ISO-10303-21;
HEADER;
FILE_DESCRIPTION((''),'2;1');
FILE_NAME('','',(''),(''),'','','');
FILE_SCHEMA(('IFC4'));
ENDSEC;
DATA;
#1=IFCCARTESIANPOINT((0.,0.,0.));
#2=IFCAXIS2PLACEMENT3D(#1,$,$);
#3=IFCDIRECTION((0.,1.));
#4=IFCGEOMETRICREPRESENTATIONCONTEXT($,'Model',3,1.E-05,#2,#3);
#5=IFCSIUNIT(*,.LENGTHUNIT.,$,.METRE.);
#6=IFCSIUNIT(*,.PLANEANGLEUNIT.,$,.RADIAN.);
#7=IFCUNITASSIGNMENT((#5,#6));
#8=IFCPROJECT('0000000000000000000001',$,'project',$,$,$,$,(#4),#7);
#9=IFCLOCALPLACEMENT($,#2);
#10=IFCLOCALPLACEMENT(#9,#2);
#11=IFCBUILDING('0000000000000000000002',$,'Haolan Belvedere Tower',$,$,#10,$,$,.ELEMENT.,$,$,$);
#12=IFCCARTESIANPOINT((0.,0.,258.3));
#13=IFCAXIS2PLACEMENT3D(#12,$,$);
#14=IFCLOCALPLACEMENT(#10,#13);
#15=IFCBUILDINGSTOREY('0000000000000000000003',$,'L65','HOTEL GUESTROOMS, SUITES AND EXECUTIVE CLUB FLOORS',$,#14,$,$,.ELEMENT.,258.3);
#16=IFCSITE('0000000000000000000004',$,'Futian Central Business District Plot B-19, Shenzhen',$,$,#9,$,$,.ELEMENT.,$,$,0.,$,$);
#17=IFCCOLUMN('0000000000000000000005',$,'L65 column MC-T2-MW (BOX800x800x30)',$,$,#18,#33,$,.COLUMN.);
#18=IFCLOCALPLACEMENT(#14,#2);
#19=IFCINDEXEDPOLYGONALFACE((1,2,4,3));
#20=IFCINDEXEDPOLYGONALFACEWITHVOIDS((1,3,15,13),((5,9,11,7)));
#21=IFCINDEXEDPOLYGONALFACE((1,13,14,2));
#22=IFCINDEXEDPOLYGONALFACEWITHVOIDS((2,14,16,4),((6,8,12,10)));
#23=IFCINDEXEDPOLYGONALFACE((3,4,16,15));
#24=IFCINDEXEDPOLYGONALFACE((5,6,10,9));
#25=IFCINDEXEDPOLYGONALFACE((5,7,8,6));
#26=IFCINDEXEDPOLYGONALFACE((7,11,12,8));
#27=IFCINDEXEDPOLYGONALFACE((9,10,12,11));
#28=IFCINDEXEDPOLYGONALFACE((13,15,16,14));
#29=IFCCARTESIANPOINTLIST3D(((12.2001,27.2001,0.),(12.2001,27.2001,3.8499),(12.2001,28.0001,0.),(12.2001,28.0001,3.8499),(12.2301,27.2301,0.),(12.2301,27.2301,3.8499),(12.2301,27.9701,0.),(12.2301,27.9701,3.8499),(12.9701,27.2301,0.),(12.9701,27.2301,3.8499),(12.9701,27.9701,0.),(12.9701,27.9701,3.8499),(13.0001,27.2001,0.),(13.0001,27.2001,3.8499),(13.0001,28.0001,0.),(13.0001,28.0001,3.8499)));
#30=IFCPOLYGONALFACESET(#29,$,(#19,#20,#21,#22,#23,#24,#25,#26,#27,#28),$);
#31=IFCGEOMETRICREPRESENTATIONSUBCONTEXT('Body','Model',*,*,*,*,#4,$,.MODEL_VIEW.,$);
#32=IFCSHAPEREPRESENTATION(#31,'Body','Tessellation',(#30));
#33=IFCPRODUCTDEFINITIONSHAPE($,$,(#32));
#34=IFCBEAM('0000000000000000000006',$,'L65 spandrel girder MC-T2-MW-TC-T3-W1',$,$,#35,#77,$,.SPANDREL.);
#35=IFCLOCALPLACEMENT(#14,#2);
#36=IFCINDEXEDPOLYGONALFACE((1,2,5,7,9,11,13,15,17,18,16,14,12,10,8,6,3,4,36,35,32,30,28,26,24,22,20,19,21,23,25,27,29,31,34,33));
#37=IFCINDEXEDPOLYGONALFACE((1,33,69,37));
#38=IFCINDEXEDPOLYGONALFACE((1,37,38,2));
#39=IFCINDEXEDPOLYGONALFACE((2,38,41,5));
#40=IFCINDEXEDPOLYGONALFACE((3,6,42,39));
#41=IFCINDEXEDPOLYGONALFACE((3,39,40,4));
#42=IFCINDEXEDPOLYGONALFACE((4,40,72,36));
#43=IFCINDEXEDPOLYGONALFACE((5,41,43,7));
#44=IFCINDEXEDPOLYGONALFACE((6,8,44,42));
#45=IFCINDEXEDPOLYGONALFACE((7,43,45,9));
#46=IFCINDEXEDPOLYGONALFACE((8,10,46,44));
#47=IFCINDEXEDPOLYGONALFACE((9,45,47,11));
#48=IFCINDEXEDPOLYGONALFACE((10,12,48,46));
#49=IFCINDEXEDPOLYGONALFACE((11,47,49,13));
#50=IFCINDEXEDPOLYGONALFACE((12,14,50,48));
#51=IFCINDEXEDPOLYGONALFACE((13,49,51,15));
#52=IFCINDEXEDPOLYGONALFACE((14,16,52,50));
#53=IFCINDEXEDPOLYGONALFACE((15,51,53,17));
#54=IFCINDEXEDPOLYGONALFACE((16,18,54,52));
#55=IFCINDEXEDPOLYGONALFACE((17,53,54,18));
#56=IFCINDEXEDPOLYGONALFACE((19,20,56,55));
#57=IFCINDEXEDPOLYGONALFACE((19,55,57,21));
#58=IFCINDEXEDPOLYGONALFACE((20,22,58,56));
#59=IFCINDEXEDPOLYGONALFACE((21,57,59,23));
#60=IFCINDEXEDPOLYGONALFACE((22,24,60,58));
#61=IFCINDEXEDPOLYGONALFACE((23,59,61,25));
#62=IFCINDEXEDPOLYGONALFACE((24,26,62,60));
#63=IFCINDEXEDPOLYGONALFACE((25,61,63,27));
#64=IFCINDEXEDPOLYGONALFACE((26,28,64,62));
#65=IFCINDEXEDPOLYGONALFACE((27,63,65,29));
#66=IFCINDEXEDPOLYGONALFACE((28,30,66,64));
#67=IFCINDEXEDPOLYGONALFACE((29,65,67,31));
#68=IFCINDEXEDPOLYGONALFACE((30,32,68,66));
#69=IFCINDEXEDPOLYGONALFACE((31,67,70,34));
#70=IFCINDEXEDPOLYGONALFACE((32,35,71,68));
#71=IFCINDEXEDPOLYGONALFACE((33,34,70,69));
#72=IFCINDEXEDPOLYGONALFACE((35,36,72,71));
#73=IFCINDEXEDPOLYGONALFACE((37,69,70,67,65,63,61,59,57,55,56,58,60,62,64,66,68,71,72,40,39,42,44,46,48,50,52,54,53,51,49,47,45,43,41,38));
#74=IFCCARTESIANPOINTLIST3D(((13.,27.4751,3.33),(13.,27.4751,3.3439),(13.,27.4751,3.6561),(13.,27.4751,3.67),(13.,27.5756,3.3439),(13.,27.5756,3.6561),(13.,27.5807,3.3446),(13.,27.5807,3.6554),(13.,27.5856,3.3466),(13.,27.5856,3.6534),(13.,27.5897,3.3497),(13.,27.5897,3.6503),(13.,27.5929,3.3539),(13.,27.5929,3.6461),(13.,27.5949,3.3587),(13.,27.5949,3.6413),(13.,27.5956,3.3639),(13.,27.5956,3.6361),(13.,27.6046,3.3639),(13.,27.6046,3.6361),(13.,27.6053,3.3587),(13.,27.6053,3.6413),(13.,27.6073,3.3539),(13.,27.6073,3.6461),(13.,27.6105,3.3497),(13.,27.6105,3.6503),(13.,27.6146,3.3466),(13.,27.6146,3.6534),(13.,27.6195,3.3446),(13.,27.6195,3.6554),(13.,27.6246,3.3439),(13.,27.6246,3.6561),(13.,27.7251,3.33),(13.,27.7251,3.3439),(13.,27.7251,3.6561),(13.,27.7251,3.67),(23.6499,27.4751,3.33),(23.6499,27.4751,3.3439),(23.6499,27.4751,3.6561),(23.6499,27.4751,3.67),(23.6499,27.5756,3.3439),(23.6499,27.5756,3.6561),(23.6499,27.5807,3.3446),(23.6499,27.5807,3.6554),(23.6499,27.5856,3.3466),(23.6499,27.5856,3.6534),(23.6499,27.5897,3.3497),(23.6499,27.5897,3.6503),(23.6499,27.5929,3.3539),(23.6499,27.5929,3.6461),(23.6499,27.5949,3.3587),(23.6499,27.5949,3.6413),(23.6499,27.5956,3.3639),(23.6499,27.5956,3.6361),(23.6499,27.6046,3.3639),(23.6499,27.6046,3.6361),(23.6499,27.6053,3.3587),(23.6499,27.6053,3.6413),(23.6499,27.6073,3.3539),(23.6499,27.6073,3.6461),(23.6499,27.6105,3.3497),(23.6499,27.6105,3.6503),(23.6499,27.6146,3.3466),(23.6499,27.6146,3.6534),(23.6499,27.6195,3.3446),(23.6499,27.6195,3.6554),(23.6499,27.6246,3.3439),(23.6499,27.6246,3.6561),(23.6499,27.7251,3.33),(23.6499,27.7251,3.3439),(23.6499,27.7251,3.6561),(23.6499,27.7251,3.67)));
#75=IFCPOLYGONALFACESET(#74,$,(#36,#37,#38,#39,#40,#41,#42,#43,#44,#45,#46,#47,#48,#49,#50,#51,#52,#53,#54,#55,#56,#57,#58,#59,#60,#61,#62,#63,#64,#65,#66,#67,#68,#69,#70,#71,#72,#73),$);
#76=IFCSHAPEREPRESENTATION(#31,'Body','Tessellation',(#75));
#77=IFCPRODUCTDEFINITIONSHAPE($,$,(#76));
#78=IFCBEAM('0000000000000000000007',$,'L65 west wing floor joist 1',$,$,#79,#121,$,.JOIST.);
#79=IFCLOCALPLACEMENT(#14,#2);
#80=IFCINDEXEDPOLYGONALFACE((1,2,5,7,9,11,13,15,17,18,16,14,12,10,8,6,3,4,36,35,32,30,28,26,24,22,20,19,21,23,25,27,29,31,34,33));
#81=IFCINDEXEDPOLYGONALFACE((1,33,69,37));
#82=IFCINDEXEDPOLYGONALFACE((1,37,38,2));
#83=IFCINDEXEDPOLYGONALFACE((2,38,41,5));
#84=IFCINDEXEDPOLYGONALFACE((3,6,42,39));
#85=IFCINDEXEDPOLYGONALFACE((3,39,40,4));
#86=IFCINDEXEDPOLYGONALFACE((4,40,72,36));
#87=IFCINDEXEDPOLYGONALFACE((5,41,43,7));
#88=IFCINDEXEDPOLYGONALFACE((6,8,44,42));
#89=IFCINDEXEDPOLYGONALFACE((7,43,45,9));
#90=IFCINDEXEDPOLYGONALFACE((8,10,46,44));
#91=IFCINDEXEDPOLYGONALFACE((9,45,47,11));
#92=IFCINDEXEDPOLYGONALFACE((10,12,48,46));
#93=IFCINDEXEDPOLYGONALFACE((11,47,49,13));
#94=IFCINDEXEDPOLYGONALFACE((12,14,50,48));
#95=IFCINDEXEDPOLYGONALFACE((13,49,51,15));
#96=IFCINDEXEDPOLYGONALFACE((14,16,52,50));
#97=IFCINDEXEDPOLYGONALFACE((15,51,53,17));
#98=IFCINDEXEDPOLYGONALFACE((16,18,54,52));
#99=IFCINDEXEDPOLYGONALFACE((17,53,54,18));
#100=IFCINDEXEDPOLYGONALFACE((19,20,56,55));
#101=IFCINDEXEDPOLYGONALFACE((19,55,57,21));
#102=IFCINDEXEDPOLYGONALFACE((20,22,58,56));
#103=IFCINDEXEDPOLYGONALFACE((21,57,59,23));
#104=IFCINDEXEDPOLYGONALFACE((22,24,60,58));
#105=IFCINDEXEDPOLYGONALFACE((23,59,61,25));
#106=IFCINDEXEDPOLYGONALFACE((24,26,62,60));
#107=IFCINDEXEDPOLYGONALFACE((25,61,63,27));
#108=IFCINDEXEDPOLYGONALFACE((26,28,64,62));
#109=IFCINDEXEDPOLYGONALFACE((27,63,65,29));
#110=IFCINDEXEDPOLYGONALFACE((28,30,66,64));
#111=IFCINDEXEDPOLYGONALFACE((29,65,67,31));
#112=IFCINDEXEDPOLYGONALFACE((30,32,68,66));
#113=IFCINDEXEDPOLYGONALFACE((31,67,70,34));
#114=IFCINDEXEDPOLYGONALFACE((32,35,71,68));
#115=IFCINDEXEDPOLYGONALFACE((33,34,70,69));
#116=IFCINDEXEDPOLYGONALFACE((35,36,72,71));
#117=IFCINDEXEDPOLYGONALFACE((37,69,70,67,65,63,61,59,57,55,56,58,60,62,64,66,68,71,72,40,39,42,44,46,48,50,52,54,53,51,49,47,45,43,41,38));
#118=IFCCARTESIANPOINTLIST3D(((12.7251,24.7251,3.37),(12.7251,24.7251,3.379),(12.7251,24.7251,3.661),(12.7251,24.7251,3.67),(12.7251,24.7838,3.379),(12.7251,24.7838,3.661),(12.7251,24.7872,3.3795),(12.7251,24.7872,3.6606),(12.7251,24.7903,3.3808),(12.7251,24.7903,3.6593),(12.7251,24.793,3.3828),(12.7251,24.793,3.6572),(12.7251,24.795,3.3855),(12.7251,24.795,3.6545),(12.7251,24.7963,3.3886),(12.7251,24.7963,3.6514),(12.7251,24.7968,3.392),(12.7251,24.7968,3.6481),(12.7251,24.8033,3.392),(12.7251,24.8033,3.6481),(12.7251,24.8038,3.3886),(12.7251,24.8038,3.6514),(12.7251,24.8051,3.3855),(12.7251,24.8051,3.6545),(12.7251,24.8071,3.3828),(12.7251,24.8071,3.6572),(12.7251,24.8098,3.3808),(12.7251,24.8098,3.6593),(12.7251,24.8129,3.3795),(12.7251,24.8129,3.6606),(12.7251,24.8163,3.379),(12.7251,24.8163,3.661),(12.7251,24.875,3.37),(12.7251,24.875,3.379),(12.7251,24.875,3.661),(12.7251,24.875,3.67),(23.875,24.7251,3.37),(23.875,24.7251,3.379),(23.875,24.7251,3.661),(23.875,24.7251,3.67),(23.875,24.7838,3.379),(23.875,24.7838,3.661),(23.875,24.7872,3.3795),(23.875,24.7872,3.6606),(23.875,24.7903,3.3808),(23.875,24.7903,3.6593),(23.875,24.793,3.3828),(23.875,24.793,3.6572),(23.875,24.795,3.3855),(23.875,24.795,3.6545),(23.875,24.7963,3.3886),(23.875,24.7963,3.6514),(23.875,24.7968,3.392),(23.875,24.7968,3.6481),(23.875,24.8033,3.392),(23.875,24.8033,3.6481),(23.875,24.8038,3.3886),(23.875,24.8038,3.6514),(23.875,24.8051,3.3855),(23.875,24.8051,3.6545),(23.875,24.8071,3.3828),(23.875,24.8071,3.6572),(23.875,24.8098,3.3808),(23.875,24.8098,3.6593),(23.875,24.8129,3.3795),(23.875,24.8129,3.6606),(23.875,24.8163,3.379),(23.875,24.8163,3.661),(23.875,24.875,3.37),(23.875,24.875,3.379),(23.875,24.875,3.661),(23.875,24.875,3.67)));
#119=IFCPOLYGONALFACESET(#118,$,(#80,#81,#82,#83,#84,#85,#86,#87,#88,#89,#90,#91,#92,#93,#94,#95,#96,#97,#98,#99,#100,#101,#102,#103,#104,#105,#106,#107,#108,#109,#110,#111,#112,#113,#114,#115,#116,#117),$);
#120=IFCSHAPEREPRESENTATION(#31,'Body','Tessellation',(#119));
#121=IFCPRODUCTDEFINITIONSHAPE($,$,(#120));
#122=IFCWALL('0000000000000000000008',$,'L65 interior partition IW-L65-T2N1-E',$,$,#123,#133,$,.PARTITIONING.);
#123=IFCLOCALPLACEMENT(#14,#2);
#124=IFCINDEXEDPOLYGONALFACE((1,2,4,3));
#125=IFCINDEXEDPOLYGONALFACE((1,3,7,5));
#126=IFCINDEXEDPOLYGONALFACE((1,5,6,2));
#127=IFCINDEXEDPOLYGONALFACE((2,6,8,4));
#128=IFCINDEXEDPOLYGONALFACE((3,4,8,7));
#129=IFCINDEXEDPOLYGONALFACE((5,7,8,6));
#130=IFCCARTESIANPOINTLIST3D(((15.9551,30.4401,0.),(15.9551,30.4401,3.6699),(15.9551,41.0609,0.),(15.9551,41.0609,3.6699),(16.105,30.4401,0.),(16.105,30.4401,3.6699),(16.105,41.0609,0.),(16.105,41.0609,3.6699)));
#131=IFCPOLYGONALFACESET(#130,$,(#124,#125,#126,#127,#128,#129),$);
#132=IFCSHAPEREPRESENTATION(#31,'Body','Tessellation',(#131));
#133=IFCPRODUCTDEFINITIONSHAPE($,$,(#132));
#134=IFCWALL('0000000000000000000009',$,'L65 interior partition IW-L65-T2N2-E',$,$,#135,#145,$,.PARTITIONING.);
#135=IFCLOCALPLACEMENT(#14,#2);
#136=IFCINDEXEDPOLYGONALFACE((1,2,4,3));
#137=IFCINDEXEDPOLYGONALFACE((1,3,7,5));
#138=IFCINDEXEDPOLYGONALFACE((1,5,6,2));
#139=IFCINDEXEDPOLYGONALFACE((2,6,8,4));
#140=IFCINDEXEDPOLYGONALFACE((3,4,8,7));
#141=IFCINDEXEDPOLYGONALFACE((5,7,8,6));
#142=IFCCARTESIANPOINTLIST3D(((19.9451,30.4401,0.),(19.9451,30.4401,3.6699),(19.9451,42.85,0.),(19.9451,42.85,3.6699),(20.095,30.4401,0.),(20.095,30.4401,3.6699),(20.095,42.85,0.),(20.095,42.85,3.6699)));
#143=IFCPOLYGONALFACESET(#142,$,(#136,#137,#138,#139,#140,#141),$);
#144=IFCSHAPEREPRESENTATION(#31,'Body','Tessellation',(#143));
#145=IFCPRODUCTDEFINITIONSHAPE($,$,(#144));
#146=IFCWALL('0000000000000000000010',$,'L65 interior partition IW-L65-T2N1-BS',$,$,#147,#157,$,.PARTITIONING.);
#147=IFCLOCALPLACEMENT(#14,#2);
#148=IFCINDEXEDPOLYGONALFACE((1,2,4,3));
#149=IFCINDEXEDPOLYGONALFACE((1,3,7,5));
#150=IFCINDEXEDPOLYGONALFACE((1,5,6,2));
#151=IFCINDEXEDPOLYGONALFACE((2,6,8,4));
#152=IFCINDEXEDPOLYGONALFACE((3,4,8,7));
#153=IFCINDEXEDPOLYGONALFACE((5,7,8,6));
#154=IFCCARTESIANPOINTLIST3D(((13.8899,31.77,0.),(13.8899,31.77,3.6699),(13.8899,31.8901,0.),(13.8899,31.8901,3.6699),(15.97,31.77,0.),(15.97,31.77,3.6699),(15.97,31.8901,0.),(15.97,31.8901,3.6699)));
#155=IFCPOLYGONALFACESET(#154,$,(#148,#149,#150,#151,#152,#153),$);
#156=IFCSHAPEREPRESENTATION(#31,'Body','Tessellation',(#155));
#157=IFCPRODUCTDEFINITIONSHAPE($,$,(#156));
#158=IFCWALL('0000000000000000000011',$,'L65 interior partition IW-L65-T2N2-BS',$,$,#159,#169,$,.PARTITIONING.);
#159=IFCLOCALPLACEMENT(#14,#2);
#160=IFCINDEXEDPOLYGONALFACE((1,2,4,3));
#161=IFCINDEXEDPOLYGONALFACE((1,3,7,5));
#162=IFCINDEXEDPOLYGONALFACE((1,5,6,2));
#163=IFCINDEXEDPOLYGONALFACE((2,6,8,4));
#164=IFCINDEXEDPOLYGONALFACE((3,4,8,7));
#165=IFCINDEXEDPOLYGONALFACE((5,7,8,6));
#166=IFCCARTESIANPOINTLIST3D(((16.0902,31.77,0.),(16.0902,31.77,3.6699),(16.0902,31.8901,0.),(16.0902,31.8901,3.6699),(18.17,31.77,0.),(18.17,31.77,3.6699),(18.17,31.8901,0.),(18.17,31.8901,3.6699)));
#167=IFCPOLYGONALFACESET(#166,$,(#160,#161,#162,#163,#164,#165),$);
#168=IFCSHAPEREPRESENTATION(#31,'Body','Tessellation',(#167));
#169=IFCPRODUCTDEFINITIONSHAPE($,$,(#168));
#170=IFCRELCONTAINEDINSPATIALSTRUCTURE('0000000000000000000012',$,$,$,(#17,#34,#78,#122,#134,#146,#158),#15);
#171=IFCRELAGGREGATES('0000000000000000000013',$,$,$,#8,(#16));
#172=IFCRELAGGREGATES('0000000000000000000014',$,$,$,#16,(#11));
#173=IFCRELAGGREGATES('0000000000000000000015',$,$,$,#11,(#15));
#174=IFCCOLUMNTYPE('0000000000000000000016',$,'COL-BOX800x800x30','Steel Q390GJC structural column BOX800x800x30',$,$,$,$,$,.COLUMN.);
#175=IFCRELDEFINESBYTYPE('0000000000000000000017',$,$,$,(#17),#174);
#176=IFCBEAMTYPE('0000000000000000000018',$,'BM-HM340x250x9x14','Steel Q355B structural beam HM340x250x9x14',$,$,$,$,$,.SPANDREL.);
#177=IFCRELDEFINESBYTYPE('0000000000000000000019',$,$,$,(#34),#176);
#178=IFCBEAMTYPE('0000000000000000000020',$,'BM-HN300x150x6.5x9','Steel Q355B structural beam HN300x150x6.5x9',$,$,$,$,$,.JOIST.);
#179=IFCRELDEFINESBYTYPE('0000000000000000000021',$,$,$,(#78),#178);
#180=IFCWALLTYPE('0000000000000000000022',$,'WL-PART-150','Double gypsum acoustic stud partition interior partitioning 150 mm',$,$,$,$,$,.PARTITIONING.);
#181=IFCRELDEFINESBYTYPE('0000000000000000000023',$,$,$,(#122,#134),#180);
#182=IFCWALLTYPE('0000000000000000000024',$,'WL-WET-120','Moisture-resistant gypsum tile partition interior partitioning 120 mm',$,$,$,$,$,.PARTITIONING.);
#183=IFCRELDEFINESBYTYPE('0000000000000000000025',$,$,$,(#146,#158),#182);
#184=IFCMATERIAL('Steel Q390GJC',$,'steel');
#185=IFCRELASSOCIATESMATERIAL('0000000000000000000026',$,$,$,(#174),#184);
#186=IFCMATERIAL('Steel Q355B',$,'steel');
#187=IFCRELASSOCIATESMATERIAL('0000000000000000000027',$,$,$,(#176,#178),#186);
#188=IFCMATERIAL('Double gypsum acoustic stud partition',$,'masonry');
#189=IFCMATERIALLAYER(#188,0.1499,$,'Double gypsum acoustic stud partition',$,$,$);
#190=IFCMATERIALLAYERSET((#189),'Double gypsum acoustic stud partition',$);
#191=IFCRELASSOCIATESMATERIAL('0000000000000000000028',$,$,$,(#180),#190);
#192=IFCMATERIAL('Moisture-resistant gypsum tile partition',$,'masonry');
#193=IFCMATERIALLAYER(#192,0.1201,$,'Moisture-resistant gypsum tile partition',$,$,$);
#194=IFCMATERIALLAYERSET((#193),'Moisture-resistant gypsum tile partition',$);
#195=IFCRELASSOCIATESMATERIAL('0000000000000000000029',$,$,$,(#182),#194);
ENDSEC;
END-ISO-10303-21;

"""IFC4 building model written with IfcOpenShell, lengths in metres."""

from ifc_helpers import new_model, si_unit, direction, frame, frame_2d, origin, origin_2d, place, context, subcontext, project, spatial, rectangle, hollow_rectangle, i_section, extrude, material, layer, layer_set, material_profile, profile_set, type_object, element, save


model = new_model("IFC4")

# Units and contexts
model_context = context("Model", 3, precision=1e-05, world=origin(), true_north=direction((0.0, 1.0)))
body_context = subcontext(model_context, "Body", "Model", "MODEL_VIEW")
ifc_project = project(units=[si_unit("LENGTHUNIT", "METRE"), si_unit("PLANEANGLEUNIT", "RADIAN")], contexts=[model_context])

# Site, building, storey
site_placement = place(None, origin())
site = spatial("IfcSite", under=ifc_project, at=site_placement, Name="Futian Central Business District Plot B-19, Shenzhen", CompositionType="ELEMENT", RefElevation=0.0)
building_placement = place(site_placement, origin())
building = spatial("IfcBuilding", under=site, at=building_placement, Name="Haolan Belvedere Tower", CompositionType="ELEMENT")
storey_placement = place(building_placement, frame((0.0, 0.0, 258.3)))
storey = spatial("IfcBuildingStorey", under=building, at=storey_placement, Name="L65", Description="HOTEL GUESTROOMS, SUITES AND EXECUTIVE CLUB FLOORS", CompositionType="ELEMENT", Elevation=258.3)

# Column
ifc_material_1 = material(Name="Steel Q390GJC", Category="steel")
ifc_material_profile_1 = material_profile(ifc_material_1, hollow_rectangle(XDim=0.8, YDim=0.8, WallThickness=0.03, at=origin_2d()), Name="Steel Q390GJC")
ifc_profile_set_1 = profile_set([ifc_material_profile_1], Name="Steel Q390GJC")
column_type = type_object("IfcColumnType", Name="COL-BOX800x800x30", Description="Steel Q390GJC structural column BOX800x800x30", PredefinedType="COLUMN", material=ifc_profile_set_1)
column_placement = place(storey_placement, frame((12.6001, 27.6001, 0.0), z_axis=(0.0, 0.0, 1.0), x_axis=(1.0, 0.0, 0.0)))
element("IfcColumn", 1, at=column_placement, inside=storey, type_object=column_type, Name="L65 column MC-T2-MW (BOX800x800x30)", PredefinedType="COLUMN", context=body_context, shape_type="SweptSolid", body=[
    extrude(hollow_rectangle(XDim=0.8, YDim=0.8, WallThickness=0.03, at=origin_2d()), origin(), (0.0, 0.0, 1.0), 3.8499),
])

# Beams
ifc_material_2 = material(Name="Steel Q355B", Category="steel")
ifc_material_profile_2 = material_profile(ifc_material_2, i_section(OverallWidth=0.25, OverallDepth=0.3401, WebThickness=0.009, FlangeThickness=0.0139, FilletRadius=0.02, at=origin_2d()), Name="Steel Q355B")
ifc_profile_set_2 = profile_set([ifc_material_profile_2], Name="Steel Q355B")
beam_type_1 = type_object("IfcBeamType", Name="BM-HM340x250x9x14", Description="Steel Q355B structural beam HM340x250x9x14", PredefinedType="SPANDREL", material=ifc_profile_set_2)
beam_1_placement = place(storey_placement, frame((13.0, 27.6001, 3.5), z_axis=(1.0, 0.0, 0.0), x_axis=(0.0, 1.0, 0.0)))
element("IfcBeam", 2, at=beam_1_placement, inside=storey, type_object=beam_type_1, Name="L65 spandrel girder MC-T2-MW-TC-T3-W1", PredefinedType="SPANDREL", context=body_context, shape_type="SweptSolid", body=[
    extrude(i_section(OverallWidth=0.25, OverallDepth=0.3401, WebThickness=0.009, FlangeThickness=0.0139, FilletRadius=0.02, at=origin_2d()), origin(), (0.0, 0.0, 1.0), 10.6499),
])
ifc_material_profile_3 = material_profile(ifc_material_2, i_section(OverallWidth=0.1499, OverallDepth=0.3, WebThickness=0.0066, FlangeThickness=0.009, FilletRadius=0.0129, at=origin_2d()), Name="Steel Q355B")
ifc_profile_set_3 = profile_set([ifc_material_profile_3], Name="Steel Q355B")
beam_type_2 = type_object("IfcBeamType", Name="BM-HN300x150x6.5x9", Description="Steel Q355B structural beam HN300x150x6.5x9", PredefinedType="JOIST", material=ifc_profile_set_3)
beam_2_placement = place(storey_placement, frame((12.7251, 24.8, 3.52), z_axis=(1.0, 0.0, 0.0), x_axis=(0.0, 1.0, 0.0)))
element("IfcBeam", 3, at=beam_2_placement, inside=storey, type_object=beam_type_2, Name="L65 west wing floor joist 1", PredefinedType="JOIST", context=body_context, shape_type="SweptSolid", body=[
    extrude(i_section(OverallWidth=0.1499, OverallDepth=0.3, WebThickness=0.0066, FlangeThickness=0.009, FilletRadius=0.0129, at=origin_2d()), origin(), (0.0, 0.0, 1.0), 11.1499),
])

# Shared definitions
ifc_material_3 = material(Name="Double gypsum acoustic stud partition", Category="masonry")
ifc_layer_1 = layer(ifc_material_3, 0.1499, Name="Double gypsum acoustic stud partition")
ifc_layer_set_1 = layer_set([ifc_layer_1], Name="Double gypsum acoustic stud partition")
wall_type_1 = type_object("IfcWallType", Name="WL-PART-150", Description="Double gypsum acoustic stud partition interior partitioning 150 mm", PredefinedType="PARTITIONING", material=ifc_layer_set_1)

# Wall
wall_1_placement = place(storey_placement, frame((16.03, 30.4399, 0.0), z_axis=(0.0, 0.0, 1.0), x_axis=(0.0, 1.0, 0.0)))
element("IfcWall", 4, at=wall_1_placement, inside=storey, type_object=wall_type_1, Name="L65 interior partition IW-L65-T2N1-E", PredefinedType="PARTITIONING", context=body_context, shape_type="SweptSolid", body=[
    extrude(rectangle(XDim=10.6208, YDim=0.1499, at=frame_2d((5.3105, 0.0))), origin(), (0.0, 0.0, 1.0), 3.6699),
])

# Wall
wall_2_placement = place(storey_placement, frame((20.02, 30.4399, 0.0), z_axis=(0.0, 0.0, 1.0), x_axis=(0.0, 1.0, 0.0)))
element("IfcWall", 5, at=wall_2_placement, inside=storey, type_object=wall_type_1, Name="L65 interior partition IW-L65-T2N2-E", PredefinedType="PARTITIONING", context=body_context, shape_type="SweptSolid", body=[
    extrude(rectangle(XDim=12.4099, YDim=0.1499, at=frame_2d((6.2051, 0.0))), origin(), (0.0, 0.0, 1.0), 3.6699),
])

# Walls
ifc_material_4 = material(Name="Moisture-resistant gypsum tile partition", Category="masonry")
ifc_layer_2 = layer(ifc_material_4, 0.1201, Name="Moisture-resistant gypsum tile partition")
ifc_layer_set_2 = layer_set([ifc_layer_2], Name="Moisture-resistant gypsum tile partition")
wall_type_2 = type_object("IfcWallType", Name="WL-WET-120", Description="Moisture-resistant gypsum tile partition interior partitioning 120 mm", PredefinedType="PARTITIONING", material=ifc_layer_set_2)
wall_3_placement = place(storey_placement, frame((13.8899, 31.8301, 0.0), z_axis=(0.0, 0.0, 1.0), x_axis=(1.0, 0.0, 0.0)))
element("IfcWall", 6, at=wall_3_placement, inside=storey, type_object=wall_type_2, Name="L65 interior partition IW-L65-T2N1-BS", PredefinedType="PARTITIONING", context=body_context, shape_type="SweptSolid", body=[
    extrude(rectangle(XDim=2.0801, YDim=0.1201, at=frame_2d((1.04, 0.0))), origin(), (0.0, 0.0, 1.0), 3.6699),
])
wall_4_placement = place(storey_placement, frame((16.0901, 31.8301, 0.0), z_axis=(0.0, 0.0, 1.0), x_axis=(1.0, 0.0, 0.0)))
element("IfcWall", 7, at=wall_4_placement, inside=storey, type_object=wall_type_2, Name="L65 interior partition IW-L65-T2N2-BS", PredefinedType="PARTITIONING", context=body_context, shape_type="SweptSolid", body=[
    extrude(rectangle(XDim=2.0798, YDim=0.1201, at=frame_2d((1.04, 0.0))), origin(), (0.0, 0.0, 1.0), 3.6699),
])

save(model, "model.ifc")
